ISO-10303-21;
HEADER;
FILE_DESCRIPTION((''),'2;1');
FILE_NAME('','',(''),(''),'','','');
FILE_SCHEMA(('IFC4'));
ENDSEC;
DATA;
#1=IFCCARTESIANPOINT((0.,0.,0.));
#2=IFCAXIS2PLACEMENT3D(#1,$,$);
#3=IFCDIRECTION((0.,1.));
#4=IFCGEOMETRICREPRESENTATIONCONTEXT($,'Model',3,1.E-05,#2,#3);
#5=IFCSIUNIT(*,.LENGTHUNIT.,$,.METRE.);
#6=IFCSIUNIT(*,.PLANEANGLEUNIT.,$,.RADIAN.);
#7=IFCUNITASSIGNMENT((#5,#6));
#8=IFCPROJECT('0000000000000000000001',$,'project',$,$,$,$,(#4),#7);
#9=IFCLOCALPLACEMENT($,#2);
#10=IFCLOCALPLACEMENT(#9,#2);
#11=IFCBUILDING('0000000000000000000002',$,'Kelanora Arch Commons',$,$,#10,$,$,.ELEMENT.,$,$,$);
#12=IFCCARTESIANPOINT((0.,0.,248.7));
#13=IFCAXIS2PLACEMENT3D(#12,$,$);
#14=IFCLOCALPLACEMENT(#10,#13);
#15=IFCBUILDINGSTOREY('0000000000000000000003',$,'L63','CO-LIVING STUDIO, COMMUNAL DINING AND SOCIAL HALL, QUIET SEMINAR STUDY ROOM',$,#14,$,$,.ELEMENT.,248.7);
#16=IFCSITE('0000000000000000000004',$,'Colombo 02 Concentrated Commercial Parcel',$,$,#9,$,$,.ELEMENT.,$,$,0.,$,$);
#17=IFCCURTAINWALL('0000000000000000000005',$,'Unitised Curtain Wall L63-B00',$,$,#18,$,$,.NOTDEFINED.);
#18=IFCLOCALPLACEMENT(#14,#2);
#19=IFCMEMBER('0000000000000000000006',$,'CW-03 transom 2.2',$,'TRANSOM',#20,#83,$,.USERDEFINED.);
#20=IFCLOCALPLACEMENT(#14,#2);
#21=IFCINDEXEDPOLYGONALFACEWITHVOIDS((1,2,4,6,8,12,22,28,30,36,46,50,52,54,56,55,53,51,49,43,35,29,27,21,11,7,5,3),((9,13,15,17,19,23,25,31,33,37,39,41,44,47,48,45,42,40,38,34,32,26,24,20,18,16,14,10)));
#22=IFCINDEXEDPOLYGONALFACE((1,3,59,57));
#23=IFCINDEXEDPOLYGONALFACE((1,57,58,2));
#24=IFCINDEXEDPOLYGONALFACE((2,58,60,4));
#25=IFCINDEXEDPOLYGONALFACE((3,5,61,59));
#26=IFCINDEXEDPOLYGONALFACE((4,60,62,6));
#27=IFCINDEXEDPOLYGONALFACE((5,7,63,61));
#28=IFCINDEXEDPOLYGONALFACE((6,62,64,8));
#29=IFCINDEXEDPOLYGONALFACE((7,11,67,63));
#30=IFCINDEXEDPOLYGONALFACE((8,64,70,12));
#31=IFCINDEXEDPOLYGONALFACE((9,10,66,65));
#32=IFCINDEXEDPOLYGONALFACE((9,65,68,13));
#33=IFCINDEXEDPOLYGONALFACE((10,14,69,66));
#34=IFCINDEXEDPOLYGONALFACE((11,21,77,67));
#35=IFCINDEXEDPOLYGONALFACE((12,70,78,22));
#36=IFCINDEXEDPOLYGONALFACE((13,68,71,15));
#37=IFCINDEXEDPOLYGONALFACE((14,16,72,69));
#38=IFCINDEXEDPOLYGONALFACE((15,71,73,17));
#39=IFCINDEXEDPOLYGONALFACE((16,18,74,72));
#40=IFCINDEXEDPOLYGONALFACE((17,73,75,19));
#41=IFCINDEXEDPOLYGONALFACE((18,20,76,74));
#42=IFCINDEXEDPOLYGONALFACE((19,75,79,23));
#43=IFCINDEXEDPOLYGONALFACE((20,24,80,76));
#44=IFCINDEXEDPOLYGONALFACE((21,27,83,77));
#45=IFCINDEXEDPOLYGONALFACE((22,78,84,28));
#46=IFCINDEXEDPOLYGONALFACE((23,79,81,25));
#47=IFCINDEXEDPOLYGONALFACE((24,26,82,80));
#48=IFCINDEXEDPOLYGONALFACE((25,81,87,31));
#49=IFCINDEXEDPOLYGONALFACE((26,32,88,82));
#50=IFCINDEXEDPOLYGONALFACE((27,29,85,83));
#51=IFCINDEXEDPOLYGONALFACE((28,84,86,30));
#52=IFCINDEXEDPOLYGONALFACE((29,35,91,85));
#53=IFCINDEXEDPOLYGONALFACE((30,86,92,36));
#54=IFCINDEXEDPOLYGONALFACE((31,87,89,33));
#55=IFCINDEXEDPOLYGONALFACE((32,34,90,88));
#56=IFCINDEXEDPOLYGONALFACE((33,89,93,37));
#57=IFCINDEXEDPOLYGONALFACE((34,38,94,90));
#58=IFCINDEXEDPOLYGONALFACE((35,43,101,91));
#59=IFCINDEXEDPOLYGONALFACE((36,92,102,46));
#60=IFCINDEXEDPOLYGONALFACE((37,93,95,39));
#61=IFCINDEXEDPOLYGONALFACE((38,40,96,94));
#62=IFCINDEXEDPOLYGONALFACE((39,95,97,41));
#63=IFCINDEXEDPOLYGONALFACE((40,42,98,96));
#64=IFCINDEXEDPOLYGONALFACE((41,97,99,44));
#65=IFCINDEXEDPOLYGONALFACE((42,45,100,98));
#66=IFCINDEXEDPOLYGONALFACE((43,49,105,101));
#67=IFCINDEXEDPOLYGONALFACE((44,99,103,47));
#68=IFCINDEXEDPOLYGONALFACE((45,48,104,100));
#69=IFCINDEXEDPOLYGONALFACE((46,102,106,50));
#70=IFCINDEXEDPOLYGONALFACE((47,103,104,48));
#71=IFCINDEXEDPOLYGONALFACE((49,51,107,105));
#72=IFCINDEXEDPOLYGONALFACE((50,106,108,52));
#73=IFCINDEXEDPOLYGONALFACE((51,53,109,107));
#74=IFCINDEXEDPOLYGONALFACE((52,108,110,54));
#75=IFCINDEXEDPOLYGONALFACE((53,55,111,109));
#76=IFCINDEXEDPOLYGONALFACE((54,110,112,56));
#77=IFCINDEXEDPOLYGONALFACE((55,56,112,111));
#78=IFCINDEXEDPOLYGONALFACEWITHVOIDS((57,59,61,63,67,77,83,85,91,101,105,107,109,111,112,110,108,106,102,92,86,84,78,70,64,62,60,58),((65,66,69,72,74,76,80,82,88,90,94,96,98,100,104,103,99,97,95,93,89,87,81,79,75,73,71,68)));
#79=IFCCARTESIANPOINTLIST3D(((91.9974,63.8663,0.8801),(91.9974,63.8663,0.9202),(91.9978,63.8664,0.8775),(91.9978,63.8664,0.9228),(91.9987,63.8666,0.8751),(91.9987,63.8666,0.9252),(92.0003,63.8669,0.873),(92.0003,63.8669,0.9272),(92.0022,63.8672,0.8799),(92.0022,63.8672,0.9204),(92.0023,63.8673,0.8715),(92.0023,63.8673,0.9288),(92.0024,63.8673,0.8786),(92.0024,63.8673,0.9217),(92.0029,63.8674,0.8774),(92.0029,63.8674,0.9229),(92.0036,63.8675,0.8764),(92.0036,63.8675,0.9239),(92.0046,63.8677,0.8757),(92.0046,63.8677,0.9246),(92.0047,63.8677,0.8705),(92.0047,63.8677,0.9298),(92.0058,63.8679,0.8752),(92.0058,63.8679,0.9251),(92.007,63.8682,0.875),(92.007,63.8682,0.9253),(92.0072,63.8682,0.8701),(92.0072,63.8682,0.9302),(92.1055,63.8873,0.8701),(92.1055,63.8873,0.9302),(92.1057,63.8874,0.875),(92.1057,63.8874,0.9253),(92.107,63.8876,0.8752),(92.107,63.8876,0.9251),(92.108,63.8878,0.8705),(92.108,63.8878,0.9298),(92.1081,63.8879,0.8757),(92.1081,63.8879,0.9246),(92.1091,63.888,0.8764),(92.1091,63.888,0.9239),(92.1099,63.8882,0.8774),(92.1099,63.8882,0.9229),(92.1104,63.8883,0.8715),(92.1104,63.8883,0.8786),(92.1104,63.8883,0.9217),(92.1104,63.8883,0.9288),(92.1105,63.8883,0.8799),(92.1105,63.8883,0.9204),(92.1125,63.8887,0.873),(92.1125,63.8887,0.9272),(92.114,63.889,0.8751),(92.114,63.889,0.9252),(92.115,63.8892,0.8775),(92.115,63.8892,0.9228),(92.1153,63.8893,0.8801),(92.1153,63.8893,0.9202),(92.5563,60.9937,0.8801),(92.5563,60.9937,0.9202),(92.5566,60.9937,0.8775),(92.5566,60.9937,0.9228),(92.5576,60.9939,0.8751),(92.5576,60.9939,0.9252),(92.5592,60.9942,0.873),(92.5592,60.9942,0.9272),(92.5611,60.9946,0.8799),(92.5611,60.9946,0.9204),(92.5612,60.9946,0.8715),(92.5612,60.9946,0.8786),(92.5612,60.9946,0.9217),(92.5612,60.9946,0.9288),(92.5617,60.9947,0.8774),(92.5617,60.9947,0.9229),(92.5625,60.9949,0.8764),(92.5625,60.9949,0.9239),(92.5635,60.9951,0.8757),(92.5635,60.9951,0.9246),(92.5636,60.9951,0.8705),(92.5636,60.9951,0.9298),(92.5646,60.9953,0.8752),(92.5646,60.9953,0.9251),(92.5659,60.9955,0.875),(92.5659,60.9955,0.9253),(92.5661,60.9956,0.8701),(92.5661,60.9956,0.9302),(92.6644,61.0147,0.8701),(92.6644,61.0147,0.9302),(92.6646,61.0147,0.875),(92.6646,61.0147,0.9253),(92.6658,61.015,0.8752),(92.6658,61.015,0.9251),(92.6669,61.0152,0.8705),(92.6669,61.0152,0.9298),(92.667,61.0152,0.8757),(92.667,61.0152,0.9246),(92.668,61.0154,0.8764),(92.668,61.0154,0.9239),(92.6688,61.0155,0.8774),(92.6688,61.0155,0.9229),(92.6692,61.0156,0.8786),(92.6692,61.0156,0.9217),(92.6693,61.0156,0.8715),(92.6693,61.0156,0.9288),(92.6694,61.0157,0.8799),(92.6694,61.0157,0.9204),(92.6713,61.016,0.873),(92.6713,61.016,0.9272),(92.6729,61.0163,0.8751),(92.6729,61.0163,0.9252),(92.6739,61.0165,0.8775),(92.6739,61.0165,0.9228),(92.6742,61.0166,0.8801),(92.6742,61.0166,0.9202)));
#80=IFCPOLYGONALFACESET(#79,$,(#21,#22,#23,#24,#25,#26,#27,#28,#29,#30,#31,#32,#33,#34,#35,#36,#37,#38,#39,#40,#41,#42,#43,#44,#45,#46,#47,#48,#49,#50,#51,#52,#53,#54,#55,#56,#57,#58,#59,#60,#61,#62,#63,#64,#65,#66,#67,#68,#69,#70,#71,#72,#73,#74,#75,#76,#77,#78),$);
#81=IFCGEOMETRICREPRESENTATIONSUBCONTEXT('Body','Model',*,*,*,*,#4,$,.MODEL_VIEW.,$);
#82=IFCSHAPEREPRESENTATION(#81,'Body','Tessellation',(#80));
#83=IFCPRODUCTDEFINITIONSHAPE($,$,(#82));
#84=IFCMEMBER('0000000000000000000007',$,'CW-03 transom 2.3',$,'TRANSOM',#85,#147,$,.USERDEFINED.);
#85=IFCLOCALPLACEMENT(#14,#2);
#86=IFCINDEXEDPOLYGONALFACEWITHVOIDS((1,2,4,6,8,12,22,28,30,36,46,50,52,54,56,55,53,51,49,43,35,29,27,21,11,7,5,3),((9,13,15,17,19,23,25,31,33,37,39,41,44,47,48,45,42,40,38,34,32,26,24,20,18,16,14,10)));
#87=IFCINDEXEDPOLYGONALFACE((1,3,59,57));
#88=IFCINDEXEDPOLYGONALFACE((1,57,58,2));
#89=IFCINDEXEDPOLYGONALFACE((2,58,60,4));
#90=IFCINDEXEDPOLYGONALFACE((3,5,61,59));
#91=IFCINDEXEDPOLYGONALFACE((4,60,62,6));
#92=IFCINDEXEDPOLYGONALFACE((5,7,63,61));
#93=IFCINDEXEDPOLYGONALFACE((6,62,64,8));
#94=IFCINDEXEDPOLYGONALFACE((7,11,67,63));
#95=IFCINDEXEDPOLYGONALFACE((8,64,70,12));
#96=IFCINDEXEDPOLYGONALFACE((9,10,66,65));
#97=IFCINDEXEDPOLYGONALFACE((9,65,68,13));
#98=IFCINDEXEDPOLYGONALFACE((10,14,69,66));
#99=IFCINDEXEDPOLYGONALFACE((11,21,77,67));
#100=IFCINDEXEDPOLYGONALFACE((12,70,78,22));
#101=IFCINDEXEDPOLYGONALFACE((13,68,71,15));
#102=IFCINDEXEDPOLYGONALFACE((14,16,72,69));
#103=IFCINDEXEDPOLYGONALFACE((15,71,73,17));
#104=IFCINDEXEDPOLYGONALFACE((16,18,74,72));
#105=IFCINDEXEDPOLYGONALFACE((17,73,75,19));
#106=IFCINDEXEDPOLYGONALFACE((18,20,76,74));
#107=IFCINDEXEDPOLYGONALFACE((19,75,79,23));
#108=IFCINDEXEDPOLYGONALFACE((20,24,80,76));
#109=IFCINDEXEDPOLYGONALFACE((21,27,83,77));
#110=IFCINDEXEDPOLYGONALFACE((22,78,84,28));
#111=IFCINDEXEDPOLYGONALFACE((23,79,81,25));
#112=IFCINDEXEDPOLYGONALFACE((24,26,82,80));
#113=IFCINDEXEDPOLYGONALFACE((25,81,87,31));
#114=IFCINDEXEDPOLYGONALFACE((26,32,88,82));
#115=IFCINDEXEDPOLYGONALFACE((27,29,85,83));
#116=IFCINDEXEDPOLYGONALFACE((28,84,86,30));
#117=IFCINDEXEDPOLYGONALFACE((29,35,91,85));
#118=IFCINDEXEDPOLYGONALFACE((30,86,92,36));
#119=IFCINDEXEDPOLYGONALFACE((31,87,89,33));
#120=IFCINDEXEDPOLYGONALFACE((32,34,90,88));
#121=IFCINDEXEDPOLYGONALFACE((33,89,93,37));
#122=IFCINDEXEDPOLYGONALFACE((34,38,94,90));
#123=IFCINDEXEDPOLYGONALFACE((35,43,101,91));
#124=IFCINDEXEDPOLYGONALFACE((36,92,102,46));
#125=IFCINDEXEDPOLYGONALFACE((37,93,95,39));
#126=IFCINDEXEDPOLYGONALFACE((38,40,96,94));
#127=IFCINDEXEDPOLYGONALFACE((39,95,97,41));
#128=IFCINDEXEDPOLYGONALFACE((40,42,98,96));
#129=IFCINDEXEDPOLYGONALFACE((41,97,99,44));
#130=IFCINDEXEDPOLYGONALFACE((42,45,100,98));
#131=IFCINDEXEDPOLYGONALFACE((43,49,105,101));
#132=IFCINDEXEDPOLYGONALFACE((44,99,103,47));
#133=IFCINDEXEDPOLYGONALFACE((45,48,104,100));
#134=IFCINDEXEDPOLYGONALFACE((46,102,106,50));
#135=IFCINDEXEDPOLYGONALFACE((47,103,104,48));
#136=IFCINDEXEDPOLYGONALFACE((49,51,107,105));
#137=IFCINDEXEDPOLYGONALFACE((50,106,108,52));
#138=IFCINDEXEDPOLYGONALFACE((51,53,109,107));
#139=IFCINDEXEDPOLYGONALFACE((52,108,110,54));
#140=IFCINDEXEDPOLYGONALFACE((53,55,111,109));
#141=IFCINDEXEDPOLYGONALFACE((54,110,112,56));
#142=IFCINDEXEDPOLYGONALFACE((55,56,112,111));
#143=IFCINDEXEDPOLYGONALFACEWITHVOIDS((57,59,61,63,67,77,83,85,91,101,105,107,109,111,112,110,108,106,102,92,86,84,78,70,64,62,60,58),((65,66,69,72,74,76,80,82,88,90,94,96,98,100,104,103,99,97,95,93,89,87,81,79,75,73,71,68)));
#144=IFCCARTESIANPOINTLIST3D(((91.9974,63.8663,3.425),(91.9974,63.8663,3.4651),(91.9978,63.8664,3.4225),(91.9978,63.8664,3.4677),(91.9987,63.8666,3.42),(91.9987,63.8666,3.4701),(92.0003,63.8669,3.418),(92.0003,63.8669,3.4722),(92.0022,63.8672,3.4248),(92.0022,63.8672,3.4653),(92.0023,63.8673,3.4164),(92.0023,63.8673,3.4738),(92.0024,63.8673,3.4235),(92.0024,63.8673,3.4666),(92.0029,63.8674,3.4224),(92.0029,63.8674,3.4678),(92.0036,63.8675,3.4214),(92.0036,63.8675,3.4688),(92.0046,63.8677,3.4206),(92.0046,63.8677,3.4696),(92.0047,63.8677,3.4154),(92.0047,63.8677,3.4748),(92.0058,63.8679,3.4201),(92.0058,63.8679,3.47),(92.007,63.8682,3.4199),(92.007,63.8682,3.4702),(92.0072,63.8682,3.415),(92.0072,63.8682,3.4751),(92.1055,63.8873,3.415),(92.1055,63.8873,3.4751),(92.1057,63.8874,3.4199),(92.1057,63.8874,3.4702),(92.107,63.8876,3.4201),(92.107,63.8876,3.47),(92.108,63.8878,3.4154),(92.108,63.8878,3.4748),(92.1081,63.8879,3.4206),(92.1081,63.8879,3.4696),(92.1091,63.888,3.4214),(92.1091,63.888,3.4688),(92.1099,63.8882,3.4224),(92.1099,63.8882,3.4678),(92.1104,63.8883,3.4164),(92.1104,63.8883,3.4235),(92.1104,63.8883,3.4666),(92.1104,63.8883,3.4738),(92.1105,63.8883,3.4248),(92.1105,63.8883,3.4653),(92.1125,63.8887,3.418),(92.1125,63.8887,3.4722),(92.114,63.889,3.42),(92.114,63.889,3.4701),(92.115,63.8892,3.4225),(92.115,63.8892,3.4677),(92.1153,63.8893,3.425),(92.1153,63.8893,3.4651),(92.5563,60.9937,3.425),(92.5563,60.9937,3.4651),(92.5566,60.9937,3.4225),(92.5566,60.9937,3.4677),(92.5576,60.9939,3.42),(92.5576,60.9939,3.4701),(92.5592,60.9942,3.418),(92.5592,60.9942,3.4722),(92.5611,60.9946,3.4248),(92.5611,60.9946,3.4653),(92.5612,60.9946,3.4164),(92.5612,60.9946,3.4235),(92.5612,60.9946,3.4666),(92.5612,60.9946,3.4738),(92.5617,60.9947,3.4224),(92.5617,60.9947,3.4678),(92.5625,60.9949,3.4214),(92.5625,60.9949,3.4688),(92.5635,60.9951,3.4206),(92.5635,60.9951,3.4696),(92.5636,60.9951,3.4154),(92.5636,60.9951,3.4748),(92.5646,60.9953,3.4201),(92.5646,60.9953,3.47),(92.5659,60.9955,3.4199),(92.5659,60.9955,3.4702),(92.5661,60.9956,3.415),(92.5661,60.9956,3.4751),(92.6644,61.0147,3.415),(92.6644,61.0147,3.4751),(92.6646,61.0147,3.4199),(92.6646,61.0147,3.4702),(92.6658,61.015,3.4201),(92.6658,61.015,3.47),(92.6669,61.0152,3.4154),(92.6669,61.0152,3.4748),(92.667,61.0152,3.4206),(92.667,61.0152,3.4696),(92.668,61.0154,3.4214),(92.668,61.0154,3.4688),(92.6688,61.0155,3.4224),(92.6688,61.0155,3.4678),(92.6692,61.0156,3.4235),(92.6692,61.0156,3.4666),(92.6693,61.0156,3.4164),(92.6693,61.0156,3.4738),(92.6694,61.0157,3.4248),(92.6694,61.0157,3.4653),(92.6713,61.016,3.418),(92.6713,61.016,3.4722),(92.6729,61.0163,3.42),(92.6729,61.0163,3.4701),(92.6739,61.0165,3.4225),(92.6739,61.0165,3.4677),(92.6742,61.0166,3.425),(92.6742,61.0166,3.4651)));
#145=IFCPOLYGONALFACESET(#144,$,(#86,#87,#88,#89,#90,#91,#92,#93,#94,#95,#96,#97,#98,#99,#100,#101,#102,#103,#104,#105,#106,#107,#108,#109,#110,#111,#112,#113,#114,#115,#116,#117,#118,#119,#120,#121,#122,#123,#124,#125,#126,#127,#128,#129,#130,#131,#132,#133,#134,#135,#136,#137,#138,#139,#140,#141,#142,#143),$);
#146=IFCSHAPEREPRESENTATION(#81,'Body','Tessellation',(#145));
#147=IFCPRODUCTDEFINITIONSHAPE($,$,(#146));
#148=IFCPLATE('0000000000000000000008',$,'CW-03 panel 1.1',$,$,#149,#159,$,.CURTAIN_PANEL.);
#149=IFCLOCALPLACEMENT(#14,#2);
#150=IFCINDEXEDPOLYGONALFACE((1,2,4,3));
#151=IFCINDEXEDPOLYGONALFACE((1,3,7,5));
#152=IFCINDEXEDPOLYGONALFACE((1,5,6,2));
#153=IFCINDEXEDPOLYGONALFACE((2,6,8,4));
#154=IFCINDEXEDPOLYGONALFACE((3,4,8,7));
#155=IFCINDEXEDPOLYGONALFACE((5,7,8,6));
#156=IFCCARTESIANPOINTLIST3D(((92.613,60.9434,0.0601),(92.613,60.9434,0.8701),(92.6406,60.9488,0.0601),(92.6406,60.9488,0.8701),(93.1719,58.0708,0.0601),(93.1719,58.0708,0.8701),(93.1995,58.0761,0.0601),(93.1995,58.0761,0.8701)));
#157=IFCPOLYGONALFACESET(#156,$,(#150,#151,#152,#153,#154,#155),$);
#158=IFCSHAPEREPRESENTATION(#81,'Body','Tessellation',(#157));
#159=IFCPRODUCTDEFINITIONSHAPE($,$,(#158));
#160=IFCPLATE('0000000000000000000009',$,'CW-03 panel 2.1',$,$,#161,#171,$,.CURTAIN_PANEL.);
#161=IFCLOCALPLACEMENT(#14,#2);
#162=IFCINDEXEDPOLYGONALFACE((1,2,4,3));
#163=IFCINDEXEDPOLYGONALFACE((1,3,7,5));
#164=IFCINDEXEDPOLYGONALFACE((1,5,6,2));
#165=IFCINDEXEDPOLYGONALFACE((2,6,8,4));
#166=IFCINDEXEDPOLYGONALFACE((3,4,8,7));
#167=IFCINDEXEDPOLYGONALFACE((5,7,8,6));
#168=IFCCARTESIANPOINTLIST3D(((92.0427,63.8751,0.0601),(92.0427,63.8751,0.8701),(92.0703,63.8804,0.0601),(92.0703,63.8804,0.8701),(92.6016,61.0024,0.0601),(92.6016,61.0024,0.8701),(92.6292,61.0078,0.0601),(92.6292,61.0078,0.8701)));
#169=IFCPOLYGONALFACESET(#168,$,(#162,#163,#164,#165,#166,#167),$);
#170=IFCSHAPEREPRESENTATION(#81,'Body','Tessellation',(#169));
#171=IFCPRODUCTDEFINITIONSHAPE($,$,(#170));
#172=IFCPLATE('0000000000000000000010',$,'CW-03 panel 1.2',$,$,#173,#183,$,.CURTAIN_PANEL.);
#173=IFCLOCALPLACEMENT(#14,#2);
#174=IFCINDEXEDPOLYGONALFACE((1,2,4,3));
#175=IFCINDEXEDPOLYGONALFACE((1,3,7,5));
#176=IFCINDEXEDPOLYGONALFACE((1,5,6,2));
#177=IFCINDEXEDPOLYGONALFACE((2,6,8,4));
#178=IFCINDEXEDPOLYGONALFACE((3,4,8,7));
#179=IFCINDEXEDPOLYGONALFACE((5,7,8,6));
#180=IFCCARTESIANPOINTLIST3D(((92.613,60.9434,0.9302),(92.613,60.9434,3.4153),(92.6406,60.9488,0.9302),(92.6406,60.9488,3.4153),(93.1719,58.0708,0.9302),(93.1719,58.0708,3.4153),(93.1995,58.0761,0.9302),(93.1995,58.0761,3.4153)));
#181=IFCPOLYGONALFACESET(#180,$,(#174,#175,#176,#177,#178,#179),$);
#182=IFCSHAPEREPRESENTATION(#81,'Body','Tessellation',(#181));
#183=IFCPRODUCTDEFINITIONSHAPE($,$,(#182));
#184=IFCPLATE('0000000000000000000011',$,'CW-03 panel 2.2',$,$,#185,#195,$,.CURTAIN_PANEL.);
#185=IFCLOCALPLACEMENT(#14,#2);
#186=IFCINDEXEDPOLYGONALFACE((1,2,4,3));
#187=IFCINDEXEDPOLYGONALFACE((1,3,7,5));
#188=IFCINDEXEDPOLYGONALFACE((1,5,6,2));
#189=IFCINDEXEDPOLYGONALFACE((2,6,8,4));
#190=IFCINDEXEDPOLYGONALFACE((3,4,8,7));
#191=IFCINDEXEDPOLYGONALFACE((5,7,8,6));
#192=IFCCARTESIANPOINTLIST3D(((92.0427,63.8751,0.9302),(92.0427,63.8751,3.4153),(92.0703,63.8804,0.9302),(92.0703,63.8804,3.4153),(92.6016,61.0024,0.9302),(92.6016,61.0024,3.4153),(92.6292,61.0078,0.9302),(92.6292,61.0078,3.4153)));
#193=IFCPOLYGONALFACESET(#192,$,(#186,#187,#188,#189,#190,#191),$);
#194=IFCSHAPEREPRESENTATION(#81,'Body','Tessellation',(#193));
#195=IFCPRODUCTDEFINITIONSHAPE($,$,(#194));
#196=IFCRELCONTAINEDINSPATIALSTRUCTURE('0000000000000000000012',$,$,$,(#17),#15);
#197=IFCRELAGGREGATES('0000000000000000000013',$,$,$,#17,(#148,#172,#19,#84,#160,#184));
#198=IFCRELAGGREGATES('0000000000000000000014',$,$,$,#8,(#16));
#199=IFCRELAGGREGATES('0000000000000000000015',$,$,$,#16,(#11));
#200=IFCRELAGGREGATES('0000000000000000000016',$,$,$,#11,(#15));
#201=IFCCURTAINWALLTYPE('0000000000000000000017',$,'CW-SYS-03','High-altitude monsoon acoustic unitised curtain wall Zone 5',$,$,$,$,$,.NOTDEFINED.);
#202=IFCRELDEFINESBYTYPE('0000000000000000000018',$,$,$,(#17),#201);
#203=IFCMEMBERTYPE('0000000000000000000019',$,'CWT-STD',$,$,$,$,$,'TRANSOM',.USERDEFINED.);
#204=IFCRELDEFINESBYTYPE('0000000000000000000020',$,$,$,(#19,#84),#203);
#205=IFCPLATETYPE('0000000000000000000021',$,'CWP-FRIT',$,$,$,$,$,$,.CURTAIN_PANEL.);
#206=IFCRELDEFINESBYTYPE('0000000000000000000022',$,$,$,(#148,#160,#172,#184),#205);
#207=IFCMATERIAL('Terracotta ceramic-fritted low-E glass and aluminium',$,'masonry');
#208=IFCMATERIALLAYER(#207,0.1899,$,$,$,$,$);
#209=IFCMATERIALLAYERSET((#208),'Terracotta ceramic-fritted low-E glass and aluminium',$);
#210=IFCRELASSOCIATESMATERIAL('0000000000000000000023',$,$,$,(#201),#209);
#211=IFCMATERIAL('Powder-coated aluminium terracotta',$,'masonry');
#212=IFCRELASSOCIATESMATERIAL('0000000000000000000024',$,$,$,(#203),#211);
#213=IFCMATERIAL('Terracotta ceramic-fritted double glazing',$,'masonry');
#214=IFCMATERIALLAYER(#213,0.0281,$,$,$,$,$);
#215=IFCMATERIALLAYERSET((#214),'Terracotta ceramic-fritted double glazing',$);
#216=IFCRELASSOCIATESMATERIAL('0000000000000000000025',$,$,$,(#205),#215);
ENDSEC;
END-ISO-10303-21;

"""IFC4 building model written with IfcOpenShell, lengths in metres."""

from ifc_helpers import new_model, si_unit, direction, frame, origin, origin_2d, place, context, subcontext, project, spatial, rectangle, hollow_rectangle, extrude, source, transform, mapped, material, layer, layer_set, material_profile, profile_set, type_object, element, aggregate, save


model = new_model("IFC4")

# Units and contexts
model_context = context("Model", 3, precision=1e-05, world=origin(), true_north=direction((0.0, 1.0)))
body_context = subcontext(model_context, "Body", "Model", "MODEL_VIEW")
ifc_project = project(units=[si_unit("LENGTHUNIT", "METRE"), si_unit("PLANEANGLEUNIT", "RADIAN")], contexts=[model_context])

# Site, building, storey
site_placement = place(None, origin())
site = spatial("IfcSite", under=ifc_project, at=site_placement, Name="Colombo 02 Concentrated Commercial Parcel", CompositionType="ELEMENT", RefElevation=0.0)
building_placement = place(site_placement, origin())
building = spatial("IfcBuilding", under=site, at=building_placement, Name="Kelanora Arch Commons", CompositionType="ELEMENT")
storey_placement = place(building_placement, frame((0.0, 0.0, 248.7)))
storey = spatial("IfcBuildingStorey", under=building, at=storey_placement, Name="L63", Description="CO-LIVING STUDIO, COMMUNAL DINING AND SOCIAL HALL, QUIET SEMINAR STUDY ROOM", CompositionType="ELEMENT", Elevation=248.7)

# Curtain wall, members, plates
ifc_material_1 = material(Name="Terracotta ceramic-fritted low-E glass and aluminium", Category="masonry")
ifc_layer_1 = layer(ifc_material_1, 0.1899)
ifc_layer_set_1 = layer_set([ifc_layer_1], Name="Terracotta ceramic-fritted low-E glass and aluminium")
curtain_wall_type = type_object("IfcCurtainWallType", Name="CW-SYS-03", Description="High-altitude monsoon acoustic unitised curtain wall Zone 5", PredefinedType="NOTDEFINED", material=ifc_layer_set_1)
curtain_wall_placement = place(storey_placement, origin())
curtain_wall = element("IfcCurtainWall", 1, at=curtain_wall_placement, inside=storey, type_object=curtain_wall_type, Name="Unitised Curtain Wall L63-B00", PredefinedType="NOTDEFINED")
ifc_material_2 = material(Name="Powder-coated aluminium terracotta", Category="masonry")
ifc_material_profile_1 = material_profile(ifc_material_2, hollow_rectangle(XDim=0.1201, YDim=0.0601, WallThickness=0.0049, InnerFilletRadius=0.0049, OuterFilletRadius=0.01, at=origin_2d()), Name="CWT120x60")
ifc_profile_set_1 = profile_set([ifc_material_profile_1], Name="Powder-coated aluminium terracotta")
member_type_1 = type_object("IfcMemberType", Name="CWT-STD", ElementType="TRANSOM", PredefinedType="USERDEFINED", material=ifc_profile_set_1)
member_1_placement = place(storey_placement, frame((92.6152, 61.0051, 0.9001), z_axis=(-0.190963, 0.981597, 0.0), x_axis=(-0.981597, -0.190963, 0.0)))
member_1 = element("IfcMember", 2, at=member_1_placement, type_object=member_type_1, Name="CW-03 transom 2.2", ObjectType="TRANSOM", PredefinedType="USERDEFINED", context=body_context, shape_type="SweptSolid", body=[
    extrude(hollow_rectangle(XDim=0.1201, YDim=0.0601, WallThickness=0.0049, InnerFilletRadius=0.0049, OuterFilletRadius=0.01, at=origin_2d()), origin(), (0.0, 0.0, 1.0), 2.9265),
])
member_2_placement = place(storey_placement, frame((92.6152, 61.0051, 3.4451), z_axis=(-0.190963, 0.981597, 0.0), x_axis=(-0.981597, -0.190963, 0.0)))
member_2 = element("IfcMember", 3, at=member_2_placement, type_object=member_type_1, Name="CW-03 transom 2.3", ObjectType="TRANSOM", PredefinedType="USERDEFINED", context=body_context, shape_type="SweptSolid", body=[
    extrude(hollow_rectangle(XDim=0.1201, YDim=0.0601, WallThickness=0.0049, InnerFilletRadius=0.0049, OuterFilletRadius=0.01, at=origin_2d()), origin(), (0.0, 0.0, 1.0), 2.9265),
])
ifc_material_3 = material(Name="Terracotta ceramic-fritted double glazing", Category="masonry")
ifc_layer_2 = layer(ifc_material_3, 0.0281)
ifc_layer_set_2 = layer_set([ifc_layer_2], Name="Terracotta ceramic-fritted double glazing")
plate_type = type_object("IfcPlateType", Name="CWP-FRIT", PredefinedType="CURTAIN_PANEL", material=ifc_layer_set_2)
shared_shape_1 = source(origin(), body_context, "Body", "SweptSolid", [
    extrude(rectangle(XDim=2.9265, YDim=0.0281, at=origin_2d()), origin(), (0.0, 0.0, 1.0), 0.8101),
])
plate_1_placement = place(storey_placement, frame((92.9062, 59.5098, 0.0601), z_axis=(0.0, 0.0, 1.0), x_axis=(-0.190972, 0.981596, 0.0)))
plate_1 = element("IfcPlate", 4, at=plate_1_placement, type_object=plate_type, Name="CW-03 panel 1.1", PredefinedType="CURTAIN_PANEL", context=body_context, shape_type="MappedRepresentation", body=[
    mapped(shared_shape_1, transform((0.0, 0.0, 0.0), scale=1.0)),
])
plate_2_placement = place(storey_placement, frame((92.3359, 62.4414, 0.0601), z_axis=(0.0, 0.0, 1.0), x_axis=(-0.190972, 0.981596, 0.0)))
plate_2 = element("IfcPlate", 5, at=plate_2_placement, type_object=plate_type, Name="CW-03 panel 2.1", PredefinedType="CURTAIN_PANEL", context=body_context, shape_type="MappedRepresentation", body=[
    mapped(shared_shape_1, transform((0.0, 0.0, 0.0), scale=1.0)),
])
shared_shape_2 = source(origin(), body_context, "Body", "SweptSolid", [
    extrude(rectangle(XDim=2.9265, YDim=0.0281, at=origin_2d()), origin(), (0.0, 0.0, 1.0), 2.4851),
])
plate_3_placement = place(storey_placement, frame((92.9062, 59.5098, 0.9302), z_axis=(0.0, 0.0, 1.0), x_axis=(-0.190972, 0.981596, 0.0)))
plate_3 = element("IfcPlate", 6, at=plate_3_placement, type_object=plate_type, Name="CW-03 panel 1.2", PredefinedType="CURTAIN_PANEL", context=body_context, shape_type="MappedRepresentation", body=[
    mapped(shared_shape_2, transform((0.0, 0.0, 0.0), scale=1.0)),
])
plate_4_placement = place(storey_placement, frame((92.3359, 62.4414, 0.9302), z_axis=(0.0, 0.0, 1.0), x_axis=(-0.190972, 0.981596, 0.0)))
plate_4 = element("IfcPlate", 7, at=plate_4_placement, type_object=plate_type, Name="CW-03 panel 2.2", PredefinedType="CURTAIN_PANEL", context=body_context, shape_type="MappedRepresentation", body=[
    mapped(shared_shape_2, transform((0.0, 0.0, 0.0), scale=1.0)),
])
aggregate(curtain_wall, [plate_1, plate_3, member_1, member_2, plate_2, plate_4])

save(model, "model.ifc")
